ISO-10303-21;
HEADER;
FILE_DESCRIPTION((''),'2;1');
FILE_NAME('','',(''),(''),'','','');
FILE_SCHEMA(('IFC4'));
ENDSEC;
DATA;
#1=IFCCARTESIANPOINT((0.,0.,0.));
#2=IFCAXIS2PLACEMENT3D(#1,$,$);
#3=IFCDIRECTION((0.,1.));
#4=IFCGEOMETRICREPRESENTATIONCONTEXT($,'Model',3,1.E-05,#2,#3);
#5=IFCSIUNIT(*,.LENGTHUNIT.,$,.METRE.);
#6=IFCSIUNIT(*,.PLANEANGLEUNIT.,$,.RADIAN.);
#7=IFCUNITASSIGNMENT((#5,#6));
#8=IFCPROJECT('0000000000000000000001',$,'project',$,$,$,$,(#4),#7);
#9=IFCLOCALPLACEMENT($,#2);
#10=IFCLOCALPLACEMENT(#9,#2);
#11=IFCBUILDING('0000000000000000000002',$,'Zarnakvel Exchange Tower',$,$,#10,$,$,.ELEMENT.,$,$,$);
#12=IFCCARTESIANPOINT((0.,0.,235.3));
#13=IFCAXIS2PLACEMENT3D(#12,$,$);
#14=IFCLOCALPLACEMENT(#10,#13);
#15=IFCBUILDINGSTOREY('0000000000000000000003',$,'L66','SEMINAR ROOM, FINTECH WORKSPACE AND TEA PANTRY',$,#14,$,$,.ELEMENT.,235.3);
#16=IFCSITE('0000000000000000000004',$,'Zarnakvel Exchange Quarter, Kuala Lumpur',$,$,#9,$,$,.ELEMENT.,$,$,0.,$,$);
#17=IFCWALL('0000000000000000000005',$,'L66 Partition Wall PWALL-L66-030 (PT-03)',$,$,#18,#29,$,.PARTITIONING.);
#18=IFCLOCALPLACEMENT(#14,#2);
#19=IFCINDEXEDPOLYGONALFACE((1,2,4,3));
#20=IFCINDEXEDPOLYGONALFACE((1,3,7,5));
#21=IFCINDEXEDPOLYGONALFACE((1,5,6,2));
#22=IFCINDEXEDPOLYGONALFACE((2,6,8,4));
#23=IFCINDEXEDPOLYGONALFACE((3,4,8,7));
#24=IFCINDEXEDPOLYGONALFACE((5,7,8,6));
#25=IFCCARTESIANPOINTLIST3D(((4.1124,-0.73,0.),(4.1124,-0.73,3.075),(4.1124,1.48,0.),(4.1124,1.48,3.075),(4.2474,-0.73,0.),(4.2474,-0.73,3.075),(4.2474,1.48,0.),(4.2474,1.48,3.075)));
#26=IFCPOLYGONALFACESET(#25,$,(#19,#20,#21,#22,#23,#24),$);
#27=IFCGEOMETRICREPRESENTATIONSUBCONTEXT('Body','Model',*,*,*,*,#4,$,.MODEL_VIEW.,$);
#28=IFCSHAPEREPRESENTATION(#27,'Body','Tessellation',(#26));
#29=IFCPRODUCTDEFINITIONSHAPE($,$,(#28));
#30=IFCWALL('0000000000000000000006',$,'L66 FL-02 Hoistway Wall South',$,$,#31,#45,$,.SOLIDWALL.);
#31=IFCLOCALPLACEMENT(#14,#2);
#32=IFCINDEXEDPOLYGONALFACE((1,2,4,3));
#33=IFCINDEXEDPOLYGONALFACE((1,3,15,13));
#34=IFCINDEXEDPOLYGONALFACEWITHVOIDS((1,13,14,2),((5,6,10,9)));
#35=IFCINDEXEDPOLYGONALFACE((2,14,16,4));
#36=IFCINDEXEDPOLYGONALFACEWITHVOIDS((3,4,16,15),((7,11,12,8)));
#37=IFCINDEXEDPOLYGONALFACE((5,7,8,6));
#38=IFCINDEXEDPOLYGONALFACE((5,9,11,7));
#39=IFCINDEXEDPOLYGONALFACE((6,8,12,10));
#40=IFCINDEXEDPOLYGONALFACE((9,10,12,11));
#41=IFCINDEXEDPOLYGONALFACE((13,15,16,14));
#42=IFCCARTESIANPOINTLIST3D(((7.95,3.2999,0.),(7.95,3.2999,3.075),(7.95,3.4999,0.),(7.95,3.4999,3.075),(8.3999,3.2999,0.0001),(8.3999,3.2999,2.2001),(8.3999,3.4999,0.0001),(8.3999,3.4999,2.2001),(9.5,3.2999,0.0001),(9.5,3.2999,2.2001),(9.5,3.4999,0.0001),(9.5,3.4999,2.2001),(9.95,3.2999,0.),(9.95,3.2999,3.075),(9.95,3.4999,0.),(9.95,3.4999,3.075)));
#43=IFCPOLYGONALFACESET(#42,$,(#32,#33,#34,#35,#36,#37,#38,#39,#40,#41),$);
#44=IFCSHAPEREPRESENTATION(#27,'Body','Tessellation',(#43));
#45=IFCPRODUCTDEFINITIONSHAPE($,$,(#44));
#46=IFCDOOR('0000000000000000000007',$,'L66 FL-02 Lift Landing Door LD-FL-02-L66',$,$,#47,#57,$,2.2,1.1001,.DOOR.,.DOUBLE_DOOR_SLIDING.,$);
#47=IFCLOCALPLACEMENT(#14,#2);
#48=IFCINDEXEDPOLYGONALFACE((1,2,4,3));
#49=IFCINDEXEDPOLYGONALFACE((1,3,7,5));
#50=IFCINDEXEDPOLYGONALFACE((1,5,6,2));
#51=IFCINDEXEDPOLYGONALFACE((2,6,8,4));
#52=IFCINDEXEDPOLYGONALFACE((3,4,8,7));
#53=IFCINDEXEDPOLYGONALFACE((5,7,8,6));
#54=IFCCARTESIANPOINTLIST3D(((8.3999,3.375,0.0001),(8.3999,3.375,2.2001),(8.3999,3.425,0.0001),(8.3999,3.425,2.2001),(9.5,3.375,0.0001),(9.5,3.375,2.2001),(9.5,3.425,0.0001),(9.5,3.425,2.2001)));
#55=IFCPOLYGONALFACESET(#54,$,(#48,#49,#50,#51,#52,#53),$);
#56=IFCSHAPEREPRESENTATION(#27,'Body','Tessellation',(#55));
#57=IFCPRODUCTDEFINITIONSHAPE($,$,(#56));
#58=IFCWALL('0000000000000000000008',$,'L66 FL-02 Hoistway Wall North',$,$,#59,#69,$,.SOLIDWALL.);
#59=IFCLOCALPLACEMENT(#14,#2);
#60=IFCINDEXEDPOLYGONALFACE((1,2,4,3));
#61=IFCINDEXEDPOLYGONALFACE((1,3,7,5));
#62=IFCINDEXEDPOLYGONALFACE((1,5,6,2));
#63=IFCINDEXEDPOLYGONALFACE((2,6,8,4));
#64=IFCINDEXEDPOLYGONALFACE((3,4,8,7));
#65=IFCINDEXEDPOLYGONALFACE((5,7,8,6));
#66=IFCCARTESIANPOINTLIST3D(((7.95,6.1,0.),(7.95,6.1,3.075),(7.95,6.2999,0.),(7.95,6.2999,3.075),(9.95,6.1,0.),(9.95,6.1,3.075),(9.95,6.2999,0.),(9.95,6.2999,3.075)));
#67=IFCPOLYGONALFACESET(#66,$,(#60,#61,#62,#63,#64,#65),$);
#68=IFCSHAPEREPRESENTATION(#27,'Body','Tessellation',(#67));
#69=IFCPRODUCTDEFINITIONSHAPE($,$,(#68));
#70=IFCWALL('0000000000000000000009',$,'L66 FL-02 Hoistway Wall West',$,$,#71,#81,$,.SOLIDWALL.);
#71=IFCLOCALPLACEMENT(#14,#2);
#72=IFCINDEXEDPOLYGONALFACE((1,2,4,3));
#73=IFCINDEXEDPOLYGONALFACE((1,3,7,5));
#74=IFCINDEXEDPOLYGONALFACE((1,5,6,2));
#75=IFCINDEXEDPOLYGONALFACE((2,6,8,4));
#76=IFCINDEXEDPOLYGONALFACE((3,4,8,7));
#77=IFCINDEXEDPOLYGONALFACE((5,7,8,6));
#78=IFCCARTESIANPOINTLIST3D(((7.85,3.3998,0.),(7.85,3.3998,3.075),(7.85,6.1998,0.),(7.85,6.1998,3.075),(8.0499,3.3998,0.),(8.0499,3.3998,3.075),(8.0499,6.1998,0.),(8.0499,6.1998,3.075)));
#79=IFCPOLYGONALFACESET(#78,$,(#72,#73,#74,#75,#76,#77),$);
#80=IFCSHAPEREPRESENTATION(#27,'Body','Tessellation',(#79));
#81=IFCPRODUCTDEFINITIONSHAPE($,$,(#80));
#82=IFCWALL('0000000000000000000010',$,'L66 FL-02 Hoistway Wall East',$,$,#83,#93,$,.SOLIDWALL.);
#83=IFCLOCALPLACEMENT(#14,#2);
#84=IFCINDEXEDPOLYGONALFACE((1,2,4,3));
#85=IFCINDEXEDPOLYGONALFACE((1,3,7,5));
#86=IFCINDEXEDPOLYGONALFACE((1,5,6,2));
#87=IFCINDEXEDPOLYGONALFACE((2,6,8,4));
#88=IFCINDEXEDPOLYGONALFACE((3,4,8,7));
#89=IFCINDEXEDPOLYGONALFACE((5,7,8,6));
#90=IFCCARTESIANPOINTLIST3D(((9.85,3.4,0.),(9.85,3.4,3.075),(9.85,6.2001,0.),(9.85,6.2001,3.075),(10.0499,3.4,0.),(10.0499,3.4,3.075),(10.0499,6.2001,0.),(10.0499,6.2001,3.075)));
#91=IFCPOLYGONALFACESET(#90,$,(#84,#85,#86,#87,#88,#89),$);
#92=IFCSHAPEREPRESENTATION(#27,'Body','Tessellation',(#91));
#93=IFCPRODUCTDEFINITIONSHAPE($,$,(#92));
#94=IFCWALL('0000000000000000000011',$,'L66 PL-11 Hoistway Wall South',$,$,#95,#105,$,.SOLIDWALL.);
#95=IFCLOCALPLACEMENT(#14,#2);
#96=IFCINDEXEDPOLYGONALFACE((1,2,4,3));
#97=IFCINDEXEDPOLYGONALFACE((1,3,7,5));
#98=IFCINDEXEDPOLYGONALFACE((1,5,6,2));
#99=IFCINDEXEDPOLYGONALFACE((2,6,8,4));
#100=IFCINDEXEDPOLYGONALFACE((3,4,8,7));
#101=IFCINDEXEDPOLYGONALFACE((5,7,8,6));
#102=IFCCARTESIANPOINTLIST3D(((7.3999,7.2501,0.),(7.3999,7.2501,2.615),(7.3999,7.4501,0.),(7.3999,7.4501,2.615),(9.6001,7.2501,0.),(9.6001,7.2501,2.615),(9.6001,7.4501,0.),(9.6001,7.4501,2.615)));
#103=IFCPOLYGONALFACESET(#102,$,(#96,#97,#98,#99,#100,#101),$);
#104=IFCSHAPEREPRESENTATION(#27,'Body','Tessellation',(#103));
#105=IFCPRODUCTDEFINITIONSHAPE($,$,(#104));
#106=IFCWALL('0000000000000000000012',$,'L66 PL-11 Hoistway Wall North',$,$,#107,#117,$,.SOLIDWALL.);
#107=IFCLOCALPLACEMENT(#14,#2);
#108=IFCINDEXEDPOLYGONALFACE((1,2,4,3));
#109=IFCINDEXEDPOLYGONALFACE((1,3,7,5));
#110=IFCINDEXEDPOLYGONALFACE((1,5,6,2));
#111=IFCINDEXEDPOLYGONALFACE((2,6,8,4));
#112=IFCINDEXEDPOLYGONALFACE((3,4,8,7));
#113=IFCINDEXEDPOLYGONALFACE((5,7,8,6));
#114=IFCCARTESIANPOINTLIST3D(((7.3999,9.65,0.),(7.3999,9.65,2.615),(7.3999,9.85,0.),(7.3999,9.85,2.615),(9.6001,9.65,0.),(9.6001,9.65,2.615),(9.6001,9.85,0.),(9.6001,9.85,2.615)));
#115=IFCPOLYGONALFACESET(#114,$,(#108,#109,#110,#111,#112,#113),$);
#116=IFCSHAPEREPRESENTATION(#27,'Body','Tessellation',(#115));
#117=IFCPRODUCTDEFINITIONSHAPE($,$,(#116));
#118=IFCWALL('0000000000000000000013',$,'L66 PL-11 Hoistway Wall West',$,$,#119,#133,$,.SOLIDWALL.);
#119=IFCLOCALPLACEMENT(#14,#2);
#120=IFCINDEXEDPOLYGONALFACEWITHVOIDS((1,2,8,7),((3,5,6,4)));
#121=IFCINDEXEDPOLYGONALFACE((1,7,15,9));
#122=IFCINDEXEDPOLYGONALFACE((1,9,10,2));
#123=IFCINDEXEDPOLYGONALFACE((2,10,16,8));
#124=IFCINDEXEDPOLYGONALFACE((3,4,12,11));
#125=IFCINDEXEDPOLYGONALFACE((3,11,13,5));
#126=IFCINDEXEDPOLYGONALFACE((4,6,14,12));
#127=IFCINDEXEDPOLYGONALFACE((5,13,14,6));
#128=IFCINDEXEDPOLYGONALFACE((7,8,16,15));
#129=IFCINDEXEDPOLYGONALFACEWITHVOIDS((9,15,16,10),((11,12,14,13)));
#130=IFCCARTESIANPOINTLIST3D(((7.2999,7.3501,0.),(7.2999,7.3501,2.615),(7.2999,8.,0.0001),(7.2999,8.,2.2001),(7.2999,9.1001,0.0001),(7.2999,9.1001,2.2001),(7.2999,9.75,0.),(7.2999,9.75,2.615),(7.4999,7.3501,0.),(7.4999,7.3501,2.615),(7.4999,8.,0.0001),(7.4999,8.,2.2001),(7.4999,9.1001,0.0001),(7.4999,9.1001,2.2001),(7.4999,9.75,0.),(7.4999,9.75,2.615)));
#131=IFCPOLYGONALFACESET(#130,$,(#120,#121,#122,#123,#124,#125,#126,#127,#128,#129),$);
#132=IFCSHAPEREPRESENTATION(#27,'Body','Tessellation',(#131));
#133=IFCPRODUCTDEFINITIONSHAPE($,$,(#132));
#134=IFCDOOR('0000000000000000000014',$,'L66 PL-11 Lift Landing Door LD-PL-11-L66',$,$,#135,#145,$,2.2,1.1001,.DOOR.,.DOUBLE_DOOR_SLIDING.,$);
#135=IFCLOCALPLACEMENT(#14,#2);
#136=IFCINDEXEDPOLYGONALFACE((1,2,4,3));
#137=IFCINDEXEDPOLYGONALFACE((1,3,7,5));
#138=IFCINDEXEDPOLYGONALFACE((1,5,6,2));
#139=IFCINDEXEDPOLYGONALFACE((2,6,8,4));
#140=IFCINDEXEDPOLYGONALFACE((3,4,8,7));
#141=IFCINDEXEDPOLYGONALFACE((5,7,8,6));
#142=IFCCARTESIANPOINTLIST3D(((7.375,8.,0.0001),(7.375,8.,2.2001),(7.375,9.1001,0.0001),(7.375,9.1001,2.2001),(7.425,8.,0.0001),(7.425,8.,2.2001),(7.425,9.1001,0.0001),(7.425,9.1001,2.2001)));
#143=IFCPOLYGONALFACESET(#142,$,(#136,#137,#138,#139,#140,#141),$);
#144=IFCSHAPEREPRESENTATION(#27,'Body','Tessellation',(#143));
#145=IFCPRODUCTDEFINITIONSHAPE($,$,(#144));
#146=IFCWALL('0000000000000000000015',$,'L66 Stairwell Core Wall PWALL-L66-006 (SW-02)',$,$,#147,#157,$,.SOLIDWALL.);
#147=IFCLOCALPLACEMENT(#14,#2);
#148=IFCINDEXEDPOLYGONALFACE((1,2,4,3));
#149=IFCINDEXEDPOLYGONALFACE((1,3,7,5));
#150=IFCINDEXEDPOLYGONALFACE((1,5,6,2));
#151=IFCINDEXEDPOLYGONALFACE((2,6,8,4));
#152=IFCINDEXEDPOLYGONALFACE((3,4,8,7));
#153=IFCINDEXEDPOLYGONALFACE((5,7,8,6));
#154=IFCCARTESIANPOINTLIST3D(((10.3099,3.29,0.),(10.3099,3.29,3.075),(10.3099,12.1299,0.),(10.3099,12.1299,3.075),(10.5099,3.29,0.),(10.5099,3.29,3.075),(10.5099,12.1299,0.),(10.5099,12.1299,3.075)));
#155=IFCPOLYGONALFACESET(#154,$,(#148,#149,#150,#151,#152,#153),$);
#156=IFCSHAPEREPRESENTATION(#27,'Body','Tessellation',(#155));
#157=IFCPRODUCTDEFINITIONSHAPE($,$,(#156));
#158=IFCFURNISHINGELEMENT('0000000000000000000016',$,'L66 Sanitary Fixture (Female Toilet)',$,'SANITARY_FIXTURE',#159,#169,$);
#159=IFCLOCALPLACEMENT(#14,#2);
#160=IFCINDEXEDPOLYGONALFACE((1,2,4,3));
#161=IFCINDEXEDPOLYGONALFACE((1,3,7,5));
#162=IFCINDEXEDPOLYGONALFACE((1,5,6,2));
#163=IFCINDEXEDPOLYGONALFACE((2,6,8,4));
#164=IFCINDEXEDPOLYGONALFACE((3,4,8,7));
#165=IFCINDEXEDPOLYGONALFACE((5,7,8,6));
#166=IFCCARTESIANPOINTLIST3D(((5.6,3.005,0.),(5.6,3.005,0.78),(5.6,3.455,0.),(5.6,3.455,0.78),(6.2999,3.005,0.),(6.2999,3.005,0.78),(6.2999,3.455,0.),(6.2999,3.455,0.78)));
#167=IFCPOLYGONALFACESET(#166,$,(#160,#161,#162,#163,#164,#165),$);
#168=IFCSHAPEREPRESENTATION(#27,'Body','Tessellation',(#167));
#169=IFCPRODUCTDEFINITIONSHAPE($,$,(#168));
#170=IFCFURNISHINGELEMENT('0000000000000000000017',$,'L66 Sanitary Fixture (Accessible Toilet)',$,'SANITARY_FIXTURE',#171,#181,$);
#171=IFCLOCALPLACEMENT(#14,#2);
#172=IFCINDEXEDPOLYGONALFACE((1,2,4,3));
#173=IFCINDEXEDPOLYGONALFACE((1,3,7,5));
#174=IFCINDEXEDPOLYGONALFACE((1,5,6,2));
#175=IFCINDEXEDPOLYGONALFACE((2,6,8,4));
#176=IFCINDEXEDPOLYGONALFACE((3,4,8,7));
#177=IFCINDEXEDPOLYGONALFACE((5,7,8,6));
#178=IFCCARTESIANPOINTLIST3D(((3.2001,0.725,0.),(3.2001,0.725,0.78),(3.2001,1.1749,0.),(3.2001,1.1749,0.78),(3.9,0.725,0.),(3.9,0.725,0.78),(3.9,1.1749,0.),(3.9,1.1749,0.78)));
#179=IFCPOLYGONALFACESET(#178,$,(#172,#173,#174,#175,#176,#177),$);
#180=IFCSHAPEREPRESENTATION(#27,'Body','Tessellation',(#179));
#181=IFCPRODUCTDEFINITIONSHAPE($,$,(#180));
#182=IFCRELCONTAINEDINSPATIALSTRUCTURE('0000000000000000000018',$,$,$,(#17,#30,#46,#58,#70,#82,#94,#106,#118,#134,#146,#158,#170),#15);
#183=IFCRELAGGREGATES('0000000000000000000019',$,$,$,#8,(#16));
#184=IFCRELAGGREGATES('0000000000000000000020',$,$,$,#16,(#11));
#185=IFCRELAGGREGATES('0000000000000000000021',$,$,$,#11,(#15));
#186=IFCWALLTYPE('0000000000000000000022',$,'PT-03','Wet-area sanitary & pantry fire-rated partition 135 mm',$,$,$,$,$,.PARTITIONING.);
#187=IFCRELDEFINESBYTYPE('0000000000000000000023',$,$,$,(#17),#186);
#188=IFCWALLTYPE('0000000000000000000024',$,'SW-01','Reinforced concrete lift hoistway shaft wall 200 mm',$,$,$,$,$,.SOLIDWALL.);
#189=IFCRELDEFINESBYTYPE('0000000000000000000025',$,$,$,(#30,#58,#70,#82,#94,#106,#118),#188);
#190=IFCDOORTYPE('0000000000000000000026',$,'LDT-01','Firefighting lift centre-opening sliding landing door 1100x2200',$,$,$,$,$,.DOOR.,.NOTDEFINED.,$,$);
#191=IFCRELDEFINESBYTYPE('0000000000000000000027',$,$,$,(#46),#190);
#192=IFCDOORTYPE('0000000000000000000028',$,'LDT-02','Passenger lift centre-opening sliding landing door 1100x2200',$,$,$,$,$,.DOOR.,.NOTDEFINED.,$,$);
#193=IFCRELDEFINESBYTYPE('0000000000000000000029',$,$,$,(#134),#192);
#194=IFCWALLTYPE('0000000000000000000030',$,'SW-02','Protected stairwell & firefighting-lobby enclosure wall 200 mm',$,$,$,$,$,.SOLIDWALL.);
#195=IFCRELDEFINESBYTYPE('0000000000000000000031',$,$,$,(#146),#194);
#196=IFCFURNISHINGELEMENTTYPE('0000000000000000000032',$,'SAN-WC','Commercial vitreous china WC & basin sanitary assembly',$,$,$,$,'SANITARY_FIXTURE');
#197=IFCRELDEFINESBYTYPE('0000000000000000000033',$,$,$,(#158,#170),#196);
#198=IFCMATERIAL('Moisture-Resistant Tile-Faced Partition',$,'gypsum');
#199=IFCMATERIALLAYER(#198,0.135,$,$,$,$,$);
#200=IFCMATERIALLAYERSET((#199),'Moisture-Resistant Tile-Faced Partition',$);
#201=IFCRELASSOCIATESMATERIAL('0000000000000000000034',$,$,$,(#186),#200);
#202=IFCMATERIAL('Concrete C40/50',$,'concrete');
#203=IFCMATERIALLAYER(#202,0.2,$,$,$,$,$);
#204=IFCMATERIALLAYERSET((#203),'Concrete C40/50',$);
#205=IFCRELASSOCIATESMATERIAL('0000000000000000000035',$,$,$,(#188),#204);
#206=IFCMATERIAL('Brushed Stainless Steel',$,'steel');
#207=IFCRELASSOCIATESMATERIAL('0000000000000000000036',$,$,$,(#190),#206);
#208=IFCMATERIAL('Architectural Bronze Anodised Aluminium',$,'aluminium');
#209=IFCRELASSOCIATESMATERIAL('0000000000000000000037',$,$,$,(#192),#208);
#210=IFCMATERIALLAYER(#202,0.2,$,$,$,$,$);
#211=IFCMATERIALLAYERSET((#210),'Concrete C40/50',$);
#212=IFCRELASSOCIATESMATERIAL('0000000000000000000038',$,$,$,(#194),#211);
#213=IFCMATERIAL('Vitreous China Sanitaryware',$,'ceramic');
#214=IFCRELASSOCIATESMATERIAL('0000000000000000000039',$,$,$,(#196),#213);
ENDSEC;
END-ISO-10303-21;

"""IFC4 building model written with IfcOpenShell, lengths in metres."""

from ifc_helpers import new_model, si_unit, direction, frame, frame_2d, origin, origin_2d, place, context, subcontext, project, spatial, rectangle, extrude, source, transform, mapped, material, layer, layer_set, type_object, element, fill, save


model = new_model("IFC4")

# Units and contexts
model_context = context("Model", 3, precision=1e-05, world=origin(), true_north=direction((0.0, 1.0)))
body_context = subcontext(model_context, "Body", "Model", "MODEL_VIEW")
ifc_project = project(units=[si_unit("LENGTHUNIT", "METRE"), si_unit("PLANEANGLEUNIT", "RADIAN")], contexts=[model_context])

# Site, building, storey
site_placement = place(None, origin())
site = spatial("IfcSite", under=ifc_project, at=site_placement, Name="Zarnakvel Exchange Quarter, Kuala Lumpur", CompositionType="ELEMENT", RefElevation=0.0)
building_placement = place(site_placement, origin())
building = spatial("IfcBuilding", under=site, at=building_placement, Name="Zarnakvel Exchange Tower", CompositionType="ELEMENT")
storey_placement = place(building_placement, frame((0.0, 0.0, 235.3)))
storey = spatial("IfcBuildingStorey", under=building, at=storey_placement, Name="L66", Description="SEMINAR ROOM, FINTECH WORKSPACE AND TEA PANTRY", CompositionType="ELEMENT", Elevation=235.3)

# Shared definitions
ifc_material_1 = material(Name="Moisture-Resistant Tile-Faced Partition", Category="gypsum")
ifc_layer_1 = layer(ifc_material_1, 0.135)
ifc_layer_set_1 = layer_set([ifc_layer_1], Name="Moisture-Resistant Tile-Faced Partition")
wall_type_1 = type_object("IfcWallType", Name="PT-03", Description="Wet-area sanitary & pantry fire-rated partition 135 mm", PredefinedType="PARTITIONING", material=ifc_layer_set_1)

# Wall
wall_1_placement = place(storey_placement, frame((4.1799, 1.48, 0.0), z_axis=(0.0, 0.0, 1.0), x_axis=(0.0, -1.0, 0.0)))
element("IfcWall", 1, at=wall_1_placement, inside=storey, type_object=wall_type_1, Name="L66 Partition Wall PWALL-L66-030 (PT-03)", PredefinedType="PARTITIONING", context=body_context, shape_type="SweptSolid", body=[
    extrude(rectangle(XDim=2.21, YDim=0.135, at=frame_2d((1.105, 0.0))), origin(), (0.0, 0.0, 1.0), 3.075),
])

# Wall, opening, door
ifc_material_2 = material(Name="Concrete C40/50", Category="concrete")
ifc_layer_2 = layer(ifc_material_2, 0.2)
ifc_layer_set_2 = layer_set([ifc_layer_2], Name="Concrete C40/50")
wall_type_2 = type_object("IfcWallType", Name="SW-01", Description="Reinforced concrete lift hoistway shaft wall 200 mm", PredefinedType="SOLIDWALL", material=ifc_layer_set_2)
wall_2_placement = place(storey_placement, frame((9.95, 3.3999, 0.0), z_axis=(0.0, 0.0, 1.0), x_axis=(-1.0, 0.0, 0.0)))
wall_2 = element("IfcWall", 2, at=wall_2_placement, inside=storey, type_object=wall_type_2, Name="L66 FL-02 Hoistway Wall South", PredefinedType="SOLIDWALL", context=body_context, shape_type="SweptSolid", body=[
    extrude(rectangle(XDim=2.0, YDim=0.2, at=frame_2d((1.0, 0.0))), origin(), (0.0, 0.0, 1.0), 3.075),
])
opening_1_placement = place(wall_2_placement, frame((0.45, 0.0, 0.0)))
opening_1 = element("IfcOpeningElement", 3, at=opening_1_placement, cuts=wall_2, PredefinedType="OPENING", context=body_context, shape_type="SweptSolid", body=[
    extrude(rectangle(XDim=1.1001, YDim=2.2, at=frame_2d((0.55, 1.1001))), frame((0.0, 0.1099, 0.0), z_axis=(0.0, -1.0, 0.0), x_axis=(1.0, 0.0, 0.0)), (0.0, 0.0, 1.0), 0.22),
])
ifc_material_3 = material(Name="Brushed Stainless Steel", Category="steel")
door_type_1 = type_object("IfcDoorType", Name="LDT-01", Description="Firefighting lift centre-opening sliding landing door 1100x2200", OperationType="NOTDEFINED", PredefinedType="DOOR", material=ifc_material_3)
shared_shape_1 = source(origin(), body_context, "Body", "SweptSolid", [
    extrude(rectangle(XDim=1.1001, YDim=2.2, at=frame_2d((0.55, 1.1001))), frame((0.0, 0.0249, 0.0), z_axis=(0.0, -1.0, 0.0), x_axis=(1.0, 0.0, 0.0)), (0.0, 0.0, 1.0), 0.05),
])
door_1_placement = place(opening_1_placement, origin())
door_1 = element("IfcDoor", 4, at=door_1_placement, inside=storey, type_object=door_type_1, Name="L66 FL-02 Lift Landing Door LD-FL-02-L66", OperationType="DOUBLE_DOOR_SLIDING", OverallHeight=2.2, OverallWidth=1.1001, PredefinedType="DOOR", context=body_context, shape_type="MappedRepresentation", body=[
    mapped(shared_shape_1, transform((0.0, 0.0, 0.0), x_axis=(1.0, 0.0, 0.0), y_axis=(0.0, 1.0, 0.0), z_axis=(0.0, 0.0, 1.0), scale=1.0)),
])
fill(opening_1, door_1)

# Walls
wall_3_placement = place(storey_placement, frame((7.95, 6.2, 0.0), z_axis=(0.0, 0.0, 1.0), x_axis=(1.0, 0.0, 0.0)))
element("IfcWall", 5, at=wall_3_placement, inside=storey, type_object=wall_type_2, Name="L66 FL-02 Hoistway Wall North", PredefinedType="SOLIDWALL", context=body_context, shape_type="SweptSolid", body=[
    extrude(rectangle(XDim=2.0, YDim=0.2, at=frame_2d((1.0, 0.0))), origin(), (0.0, 0.0, 1.0), 3.075),
])
for number, where, z_axis, x_axis, name in (
    (6, (7.95, 3.3999, 0.0), (0.0, 0.0, 1.0), (0.0, 1.0, 0.0), "L66 FL-02 Hoistway Wall West"),
    (7, (9.95, 6.2, 0.0), (0.0, 0.0, 1.0), (0.0, -1.0, 0.0), "L66 FL-02 Hoistway Wall East"),
):
    element("IfcWall", number, at=place(storey_placement, frame(where, z_axis=z_axis, x_axis=x_axis)), inside=storey, type_object=wall_type_2, Name=name, PredefinedType="SOLIDWALL", context=body_context, shape_type="SweptSolid", body=[
        extrude(rectangle(XDim=2.8, YDim=0.2, at=frame_2d((1.3999, 0.0))), origin(), (0.0, 0.0, 1.0), 3.075),
    ])
for number, where, z_axis, x_axis, name in (
    (8, (9.6001, 7.3501, 0.0), (0.0, 0.0, 1.0), (-1.0, 0.0, 0.0), "L66 PL-11 Hoistway Wall South"),
    (9, (7.3999, 9.75, 0.0), (0.0, 0.0, 1.0), (1.0, 0.0, 0.0), "L66 PL-11 Hoistway Wall North"),
):
    element("IfcWall", number, at=place(storey_placement, frame(where, z_axis=z_axis, x_axis=x_axis)), inside=storey, type_object=wall_type_2, Name=name, PredefinedType="SOLIDWALL", context=body_context, shape_type="SweptSolid", body=[
        extrude(rectangle(XDim=2.2002, YDim=0.2, at=frame_2d((1.1001, 0.0))), origin(), (0.0, 0.0, 1.0), 2.615),
    ])

# Wall, opening, door
wall_4_placement = place(storey_placement, frame((7.3999, 7.3501, 0.0), z_axis=(0.0, 0.0, 1.0), x_axis=(0.0, 1.0, 0.0)))
wall_4 = element("IfcWall", 10, at=wall_4_placement, inside=storey, type_object=wall_type_2, Name="L66 PL-11 Hoistway Wall West", PredefinedType="SOLIDWALL", context=body_context, shape_type="SweptSolid", body=[
    extrude(rectangle(XDim=2.3999, YDim=0.2, at=frame_2d((1.2, 0.0))), origin(), (0.0, 0.0, 1.0), 2.615),
])
opening_2_placement = place(wall_4_placement, frame((0.6499, 0.0, 0.0)))
opening_2 = element("IfcOpeningElement", 11, at=opening_2_placement, cuts=wall_4, PredefinedType="OPENING", context=body_context, shape_type="SweptSolid", body=[
    extrude(rectangle(XDim=1.1001, YDim=2.2, at=frame_2d((0.55, 1.1001))), frame((0.0, 0.1099, 0.0), z_axis=(0.0, -1.0, 0.0), x_axis=(1.0, 0.0, 0.0)), (0.0, 0.0, 1.0), 0.22),
])
ifc_material_4 = material(Name="Architectural Bronze Anodised Aluminium", Category="aluminium")
door_type_2 = type_object("IfcDoorType", Name="LDT-02", Description="Passenger lift centre-opening sliding landing door 1100x2200", OperationType="NOTDEFINED", PredefinedType="DOOR", material=ifc_material_4)
door_2_placement = place(opening_2_placement, origin())
door_2 = element("IfcDoor", 12, at=door_2_placement, inside=storey, type_object=door_type_2, Name="L66 PL-11 Lift Landing Door LD-PL-11-L66", OperationType="DOUBLE_DOOR_SLIDING", OverallHeight=2.2, OverallWidth=1.1001, PredefinedType="DOOR", context=body_context, shape_type="MappedRepresentation", body=[
    mapped(shared_shape_1, transform((0.0, 0.0, 0.0), x_axis=(1.0, 0.0, 0.0), y_axis=(0.0, 1.0, 0.0), z_axis=(0.0, 0.0, 1.0), scale=1.0)),
])
fill(opening_2, door_2)

# Wall
ifc_layer_3 = layer(ifc_material_2, 0.2)
ifc_layer_set_3 = layer_set([ifc_layer_3], Name="Concrete C40/50")
wall_type_3 = type_object("IfcWallType", Name="SW-02", Description="Protected stairwell & firefighting-lobby enclosure wall 200 mm", PredefinedType="SOLIDWALL", material=ifc_layer_set_3)
wall_5_placement = place(storey_placement, frame((10.4099, 3.29, 0.0), z_axis=(0.0, 0.0, 1.0), x_axis=(0.0, 1.0, 0.0)))
element("IfcWall", 13, at=wall_5_placement, inside=storey, type_object=wall_type_3, Name="L66 Stairwell Core Wall PWALL-L66-006 (SW-02)", PredefinedType="SOLIDWALL", context=body_context, shape_type="SweptSolid", body=[
    extrude(rectangle(XDim=8.8398, YDim=0.2, at=frame_2d((4.4199, 0.0))), origin(), (0.0, 0.0, 1.0), 3.075),
])

# Furnishing elements
ifc_material_5 = material(Name="Vitreous China Sanitaryware", Category="ceramic")
furnishing_element_type = type_object("IfcFurnishingElementType", Name="SAN-WC", Description="Commercial vitreous china WC & basin sanitary assembly", ElementType="SANITARY_FIXTURE", material=ifc_material_5)
shared_shape_2 = source(origin(), body_context, "Body", "SweptSolid", [
    extrude(rectangle(XDim=0.7, YDim=0.45, at=origin_2d()), origin(), (0.0, 0.0, 1.0), 0.78),
])
for number, where, z_axis, x_axis, name in (
    (14, (5.95, 3.23, 0.0), (0.0, 0.0, 1.0), (1.0, 0.0, 0.0), "L66 Sanitary Fixture (Female Toilet)"),
    (15, (3.55, 0.95, 0.0), (0.0, 0.0, 1.0), (1.0, 0.0, 0.0), "L66 Sanitary Fixture (Accessible Toilet)"),
):
    element("IfcFurnishingElement", number, at=place(storey_placement, frame(where, z_axis=z_axis, x_axis=x_axis)), inside=storey, type_object=furnishing_element_type, Name=name, ObjectType="SANITARY_FIXTURE", context=body_context, shape_type="MappedRepresentation", body=[
        mapped(shared_shape_2, transform((0.0, 0.0, 0.0), x_axis=(1.0, 0.0, 0.0), y_axis=(0.0, 1.0, 0.0), z_axis=(0.0, 0.0, 1.0), scale=1.0)),
    ])

save(model, "model.ifc")
